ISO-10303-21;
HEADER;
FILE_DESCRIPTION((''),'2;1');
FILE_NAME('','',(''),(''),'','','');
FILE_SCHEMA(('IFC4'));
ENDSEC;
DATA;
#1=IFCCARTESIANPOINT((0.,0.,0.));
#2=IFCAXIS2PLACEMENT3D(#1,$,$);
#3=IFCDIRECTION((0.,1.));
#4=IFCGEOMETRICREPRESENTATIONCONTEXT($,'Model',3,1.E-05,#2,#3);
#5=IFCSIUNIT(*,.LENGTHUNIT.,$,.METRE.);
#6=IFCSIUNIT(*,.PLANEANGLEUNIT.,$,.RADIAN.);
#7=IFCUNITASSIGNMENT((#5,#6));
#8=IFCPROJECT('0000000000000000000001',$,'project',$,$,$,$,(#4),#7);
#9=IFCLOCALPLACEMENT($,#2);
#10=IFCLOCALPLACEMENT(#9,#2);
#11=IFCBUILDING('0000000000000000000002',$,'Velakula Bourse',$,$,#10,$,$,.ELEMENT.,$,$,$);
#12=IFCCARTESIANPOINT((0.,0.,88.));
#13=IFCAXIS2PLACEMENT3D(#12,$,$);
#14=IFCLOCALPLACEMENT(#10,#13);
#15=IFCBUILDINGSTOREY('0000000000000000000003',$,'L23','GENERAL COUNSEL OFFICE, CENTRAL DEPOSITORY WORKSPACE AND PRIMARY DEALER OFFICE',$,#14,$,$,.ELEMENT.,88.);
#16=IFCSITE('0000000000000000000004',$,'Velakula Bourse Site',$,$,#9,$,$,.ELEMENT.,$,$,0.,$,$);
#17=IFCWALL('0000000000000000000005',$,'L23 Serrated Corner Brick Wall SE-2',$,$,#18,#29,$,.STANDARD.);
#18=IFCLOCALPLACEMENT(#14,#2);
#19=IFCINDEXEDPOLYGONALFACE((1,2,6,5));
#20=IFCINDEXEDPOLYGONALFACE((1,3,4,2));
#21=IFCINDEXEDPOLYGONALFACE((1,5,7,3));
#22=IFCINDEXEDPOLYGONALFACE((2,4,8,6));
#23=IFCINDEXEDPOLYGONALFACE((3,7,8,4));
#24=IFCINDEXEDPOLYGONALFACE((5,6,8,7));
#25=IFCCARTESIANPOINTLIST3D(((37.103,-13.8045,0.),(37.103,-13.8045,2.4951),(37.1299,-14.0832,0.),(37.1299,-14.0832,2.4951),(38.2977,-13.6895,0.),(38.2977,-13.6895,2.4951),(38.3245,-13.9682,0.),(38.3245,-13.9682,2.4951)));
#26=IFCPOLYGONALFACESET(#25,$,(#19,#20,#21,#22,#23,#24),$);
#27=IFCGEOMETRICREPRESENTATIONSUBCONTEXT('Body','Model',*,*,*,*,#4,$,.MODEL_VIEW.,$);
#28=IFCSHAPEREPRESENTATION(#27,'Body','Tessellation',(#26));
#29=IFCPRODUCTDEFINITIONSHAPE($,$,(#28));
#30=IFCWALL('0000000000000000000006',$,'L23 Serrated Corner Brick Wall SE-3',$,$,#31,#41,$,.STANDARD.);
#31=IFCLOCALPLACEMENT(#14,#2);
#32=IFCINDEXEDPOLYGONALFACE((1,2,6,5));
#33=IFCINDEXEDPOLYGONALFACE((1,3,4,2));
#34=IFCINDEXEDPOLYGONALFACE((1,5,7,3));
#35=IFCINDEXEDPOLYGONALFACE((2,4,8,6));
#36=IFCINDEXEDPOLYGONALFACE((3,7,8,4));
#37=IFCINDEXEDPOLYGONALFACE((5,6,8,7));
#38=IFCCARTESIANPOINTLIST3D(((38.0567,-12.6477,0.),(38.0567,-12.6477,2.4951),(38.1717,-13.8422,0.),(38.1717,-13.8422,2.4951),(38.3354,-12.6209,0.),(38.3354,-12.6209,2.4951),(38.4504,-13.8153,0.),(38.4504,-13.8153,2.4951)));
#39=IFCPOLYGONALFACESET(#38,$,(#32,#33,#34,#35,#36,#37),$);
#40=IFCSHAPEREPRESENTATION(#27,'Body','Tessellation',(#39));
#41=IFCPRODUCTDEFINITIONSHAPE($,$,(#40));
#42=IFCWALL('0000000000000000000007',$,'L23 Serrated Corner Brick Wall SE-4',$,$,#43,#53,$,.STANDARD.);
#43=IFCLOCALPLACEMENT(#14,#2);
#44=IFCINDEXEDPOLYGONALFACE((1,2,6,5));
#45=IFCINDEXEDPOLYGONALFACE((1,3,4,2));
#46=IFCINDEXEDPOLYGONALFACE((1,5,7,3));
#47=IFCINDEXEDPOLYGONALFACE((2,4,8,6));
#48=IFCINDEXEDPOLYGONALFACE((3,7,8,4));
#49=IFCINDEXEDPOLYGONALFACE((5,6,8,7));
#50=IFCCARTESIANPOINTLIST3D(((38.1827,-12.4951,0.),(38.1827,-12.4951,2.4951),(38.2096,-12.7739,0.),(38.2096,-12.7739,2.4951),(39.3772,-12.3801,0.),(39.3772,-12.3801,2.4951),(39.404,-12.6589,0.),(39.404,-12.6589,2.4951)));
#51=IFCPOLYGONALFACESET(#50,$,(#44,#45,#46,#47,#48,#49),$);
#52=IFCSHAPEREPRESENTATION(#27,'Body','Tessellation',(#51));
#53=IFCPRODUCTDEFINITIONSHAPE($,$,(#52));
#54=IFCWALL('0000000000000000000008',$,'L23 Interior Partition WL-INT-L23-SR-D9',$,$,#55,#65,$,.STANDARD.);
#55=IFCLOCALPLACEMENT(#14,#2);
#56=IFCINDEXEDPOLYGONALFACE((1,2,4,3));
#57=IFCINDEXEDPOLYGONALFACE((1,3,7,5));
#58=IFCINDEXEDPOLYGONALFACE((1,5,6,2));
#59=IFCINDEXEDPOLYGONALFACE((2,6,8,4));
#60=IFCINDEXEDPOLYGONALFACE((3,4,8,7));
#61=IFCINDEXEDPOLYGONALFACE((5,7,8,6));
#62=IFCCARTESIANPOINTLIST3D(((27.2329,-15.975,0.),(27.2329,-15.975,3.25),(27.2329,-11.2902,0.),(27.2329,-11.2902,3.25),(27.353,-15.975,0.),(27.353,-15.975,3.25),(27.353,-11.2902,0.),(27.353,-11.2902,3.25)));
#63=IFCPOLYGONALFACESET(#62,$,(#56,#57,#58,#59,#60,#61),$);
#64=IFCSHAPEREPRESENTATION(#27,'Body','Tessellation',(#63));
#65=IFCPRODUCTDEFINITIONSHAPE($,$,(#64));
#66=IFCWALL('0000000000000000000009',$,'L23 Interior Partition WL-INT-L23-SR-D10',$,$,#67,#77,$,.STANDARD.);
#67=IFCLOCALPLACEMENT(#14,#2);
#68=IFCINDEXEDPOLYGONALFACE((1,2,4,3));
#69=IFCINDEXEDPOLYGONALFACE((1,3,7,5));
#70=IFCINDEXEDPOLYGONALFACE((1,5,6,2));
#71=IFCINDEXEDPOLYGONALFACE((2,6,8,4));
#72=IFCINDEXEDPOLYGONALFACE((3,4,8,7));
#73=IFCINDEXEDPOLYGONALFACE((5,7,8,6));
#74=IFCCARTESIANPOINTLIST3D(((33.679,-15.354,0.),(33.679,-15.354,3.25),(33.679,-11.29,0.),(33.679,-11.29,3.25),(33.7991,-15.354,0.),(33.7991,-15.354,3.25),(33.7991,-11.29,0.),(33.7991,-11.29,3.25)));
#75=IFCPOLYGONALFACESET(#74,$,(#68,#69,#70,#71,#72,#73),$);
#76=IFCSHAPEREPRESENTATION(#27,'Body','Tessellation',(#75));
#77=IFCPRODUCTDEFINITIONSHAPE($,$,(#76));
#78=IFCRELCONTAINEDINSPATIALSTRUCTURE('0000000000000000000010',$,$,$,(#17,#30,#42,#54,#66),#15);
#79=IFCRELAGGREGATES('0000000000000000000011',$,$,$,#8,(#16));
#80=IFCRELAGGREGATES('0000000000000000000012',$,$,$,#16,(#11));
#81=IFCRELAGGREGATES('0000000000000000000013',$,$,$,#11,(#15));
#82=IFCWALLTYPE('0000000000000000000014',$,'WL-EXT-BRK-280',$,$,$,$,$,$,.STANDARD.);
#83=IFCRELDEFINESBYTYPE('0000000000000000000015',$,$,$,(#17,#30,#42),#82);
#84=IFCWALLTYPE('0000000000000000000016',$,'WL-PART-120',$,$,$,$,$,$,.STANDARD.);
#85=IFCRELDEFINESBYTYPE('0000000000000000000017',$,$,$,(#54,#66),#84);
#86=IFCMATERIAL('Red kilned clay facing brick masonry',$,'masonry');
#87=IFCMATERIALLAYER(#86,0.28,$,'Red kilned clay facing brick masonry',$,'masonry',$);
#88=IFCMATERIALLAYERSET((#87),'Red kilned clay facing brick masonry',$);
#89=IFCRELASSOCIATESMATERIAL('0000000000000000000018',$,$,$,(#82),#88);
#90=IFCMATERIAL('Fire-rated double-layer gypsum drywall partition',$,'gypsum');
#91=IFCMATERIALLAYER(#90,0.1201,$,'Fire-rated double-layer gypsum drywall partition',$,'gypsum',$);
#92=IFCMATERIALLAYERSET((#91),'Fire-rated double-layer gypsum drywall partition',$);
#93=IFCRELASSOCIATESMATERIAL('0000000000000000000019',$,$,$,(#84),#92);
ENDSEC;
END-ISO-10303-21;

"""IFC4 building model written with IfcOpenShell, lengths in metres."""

from ifc_helpers import new_model, si_unit, direction, frame, frame_2d, origin, place, context, subcontext, project, spatial, rectangle, extrude, material, layer, layer_set, type_object, element, save


model = new_model("IFC4")

# Units and contexts
model_context = context("Model", 3, precision=1e-05, world=origin(), true_north=direction((0.0, 1.0)))
body_context = subcontext(model_context, "Body", "Model", "MODEL_VIEW")
ifc_project = project(units=[si_unit("LENGTHUNIT", "METRE"), si_unit("PLANEANGLEUNIT", "RADIAN")], contexts=[model_context])

# Site, building, storey
site_placement = place(None, origin())
site = spatial("IfcSite", under=ifc_project, at=site_placement, Name="Velakula Bourse Site", CompositionType="ELEMENT", RefElevation=0.0)
building_placement = place(site_placement, origin())
building = spatial("IfcBuilding", under=site, at=building_placement, Name="Velakula Bourse", CompositionType="ELEMENT")
storey_placement = place(building_placement, frame((0.0, 0.0, 88.0)))
storey = spatial("IfcBuildingStorey", under=building, at=storey_placement, Name="L23", Description="GENERAL COUNSEL OFFICE, CENTRAL DEPOSITORY WORKSPACE AND PRIMARY DEALER OFFICE", CompositionType="ELEMENT", Elevation=88.0)

# Shared definitions
ifc_material_1 = material(Name="Red kilned clay facing brick masonry", Category="masonry")
ifc_layer_1 = layer(ifc_material_1, 0.28, Name="Red kilned clay facing brick masonry", Category="masonry")
ifc_layer_set_1 = layer_set([ifc_layer_1], Name="Red kilned clay facing brick masonry")
wall_type_1 = type_object("IfcWallType", Name="WL-EXT-BRK-280", PredefinedType="STANDARD", material=ifc_layer_set_1)

# Walls
for number, where, z_axis, x_axis, name in (
    (1, (37.1165, -13.9438, 0.0), (0.0, 0.0, 1.0), (0.995399, 0.095817, 0.0), "L23 Serrated Corner Brick Wall SE-2"),
):
    element("IfcWall", number, at=place(storey_placement, frame(where, z_axis=z_axis, x_axis=x_axis)), inside=storey, type_object=wall_type_1, Name=name, PredefinedType="STANDARD", context=body_context, shape_type="SweptSolid", body=[
        extrude(rectangle(XDim=1.2002, YDim=0.28, at=frame_2d((0.6001, 0.0))), origin(), (0.0, 0.0, 1.0), 2.4951),
    ])
for number, where, z_axis, x_axis, name in (
    (2, (38.311, -13.8289, 0.0), (0.0, 0.0, 1.0), (-0.095836, 0.995397, 0.0), "L23 Serrated Corner Brick Wall SE-3"),
    (3, (38.196, -12.6345, 0.0), (0.0, 0.0, 1.0), (0.995397, 0.095836, 0.0), "L23 Serrated Corner Brick Wall SE-4"),
):
    element("IfcWall", number, at=place(storey_placement, frame(where, z_axis=z_axis, x_axis=x_axis)), inside=storey, type_object=wall_type_1, Name=name, PredefinedType="STANDARD", context=body_context, shape_type="SweptSolid", body=[
        extrude(rectangle(XDim=1.2, YDim=0.28, at=frame_2d((0.6001, 0.0))), origin(), (0.0, 0.0, 1.0), 2.4951),
    ])
ifc_material_2 = material(Name="Fire-rated double-layer gypsum drywall partition", Category="gypsum")
ifc_layer_2 = layer(ifc_material_2, 0.1201, Name="Fire-rated double-layer gypsum drywall partition", Category="gypsum")
ifc_layer_set_2 = layer_set([ifc_layer_2], Name="Fire-rated double-layer gypsum drywall partition")
wall_type_2 = type_object("IfcWallType", Name="WL-PART-120", PredefinedType="STANDARD", material=ifc_layer_set_2)
wall_1_placement = place(storey_placement, frame((27.293, -15.9749, 0.0), z_axis=(0.0, 0.0, 1.0), x_axis=(0.0, 1.0, 0.0)))
element("IfcWall", 4, at=wall_1_placement, inside=storey, type_object=wall_type_2, Name="L23 Interior Partition WL-INT-L23-SR-D9", PredefinedType="STANDARD", context=body_context, shape_type="SweptSolid", body=[
    extrude(rectangle(XDim=4.6848, YDim=0.1201, at=frame_2d((2.3423, 0.0))), origin(), (0.0, 0.0, 1.0), 3.25),
])
wall_2_placement = place(storey_placement, frame((33.739, -15.354, 0.0), z_axis=(0.0, 0.0, 1.0), x_axis=(0.0, 1.0, 0.0)))
element("IfcWall", 5, at=wall_2_placement, inside=storey, type_object=wall_type_2, Name="L23 Interior Partition WL-INT-L23-SR-D10", PredefinedType="STANDARD", context=body_context, shape_type="SweptSolid", body=[
    extrude(rectangle(XDim=4.064, YDim=0.1201, at=frame_2d((2.032, 0.0))), origin(), (0.0, 0.0, 1.0), 3.25),
])

save(model, "model.ifc")
